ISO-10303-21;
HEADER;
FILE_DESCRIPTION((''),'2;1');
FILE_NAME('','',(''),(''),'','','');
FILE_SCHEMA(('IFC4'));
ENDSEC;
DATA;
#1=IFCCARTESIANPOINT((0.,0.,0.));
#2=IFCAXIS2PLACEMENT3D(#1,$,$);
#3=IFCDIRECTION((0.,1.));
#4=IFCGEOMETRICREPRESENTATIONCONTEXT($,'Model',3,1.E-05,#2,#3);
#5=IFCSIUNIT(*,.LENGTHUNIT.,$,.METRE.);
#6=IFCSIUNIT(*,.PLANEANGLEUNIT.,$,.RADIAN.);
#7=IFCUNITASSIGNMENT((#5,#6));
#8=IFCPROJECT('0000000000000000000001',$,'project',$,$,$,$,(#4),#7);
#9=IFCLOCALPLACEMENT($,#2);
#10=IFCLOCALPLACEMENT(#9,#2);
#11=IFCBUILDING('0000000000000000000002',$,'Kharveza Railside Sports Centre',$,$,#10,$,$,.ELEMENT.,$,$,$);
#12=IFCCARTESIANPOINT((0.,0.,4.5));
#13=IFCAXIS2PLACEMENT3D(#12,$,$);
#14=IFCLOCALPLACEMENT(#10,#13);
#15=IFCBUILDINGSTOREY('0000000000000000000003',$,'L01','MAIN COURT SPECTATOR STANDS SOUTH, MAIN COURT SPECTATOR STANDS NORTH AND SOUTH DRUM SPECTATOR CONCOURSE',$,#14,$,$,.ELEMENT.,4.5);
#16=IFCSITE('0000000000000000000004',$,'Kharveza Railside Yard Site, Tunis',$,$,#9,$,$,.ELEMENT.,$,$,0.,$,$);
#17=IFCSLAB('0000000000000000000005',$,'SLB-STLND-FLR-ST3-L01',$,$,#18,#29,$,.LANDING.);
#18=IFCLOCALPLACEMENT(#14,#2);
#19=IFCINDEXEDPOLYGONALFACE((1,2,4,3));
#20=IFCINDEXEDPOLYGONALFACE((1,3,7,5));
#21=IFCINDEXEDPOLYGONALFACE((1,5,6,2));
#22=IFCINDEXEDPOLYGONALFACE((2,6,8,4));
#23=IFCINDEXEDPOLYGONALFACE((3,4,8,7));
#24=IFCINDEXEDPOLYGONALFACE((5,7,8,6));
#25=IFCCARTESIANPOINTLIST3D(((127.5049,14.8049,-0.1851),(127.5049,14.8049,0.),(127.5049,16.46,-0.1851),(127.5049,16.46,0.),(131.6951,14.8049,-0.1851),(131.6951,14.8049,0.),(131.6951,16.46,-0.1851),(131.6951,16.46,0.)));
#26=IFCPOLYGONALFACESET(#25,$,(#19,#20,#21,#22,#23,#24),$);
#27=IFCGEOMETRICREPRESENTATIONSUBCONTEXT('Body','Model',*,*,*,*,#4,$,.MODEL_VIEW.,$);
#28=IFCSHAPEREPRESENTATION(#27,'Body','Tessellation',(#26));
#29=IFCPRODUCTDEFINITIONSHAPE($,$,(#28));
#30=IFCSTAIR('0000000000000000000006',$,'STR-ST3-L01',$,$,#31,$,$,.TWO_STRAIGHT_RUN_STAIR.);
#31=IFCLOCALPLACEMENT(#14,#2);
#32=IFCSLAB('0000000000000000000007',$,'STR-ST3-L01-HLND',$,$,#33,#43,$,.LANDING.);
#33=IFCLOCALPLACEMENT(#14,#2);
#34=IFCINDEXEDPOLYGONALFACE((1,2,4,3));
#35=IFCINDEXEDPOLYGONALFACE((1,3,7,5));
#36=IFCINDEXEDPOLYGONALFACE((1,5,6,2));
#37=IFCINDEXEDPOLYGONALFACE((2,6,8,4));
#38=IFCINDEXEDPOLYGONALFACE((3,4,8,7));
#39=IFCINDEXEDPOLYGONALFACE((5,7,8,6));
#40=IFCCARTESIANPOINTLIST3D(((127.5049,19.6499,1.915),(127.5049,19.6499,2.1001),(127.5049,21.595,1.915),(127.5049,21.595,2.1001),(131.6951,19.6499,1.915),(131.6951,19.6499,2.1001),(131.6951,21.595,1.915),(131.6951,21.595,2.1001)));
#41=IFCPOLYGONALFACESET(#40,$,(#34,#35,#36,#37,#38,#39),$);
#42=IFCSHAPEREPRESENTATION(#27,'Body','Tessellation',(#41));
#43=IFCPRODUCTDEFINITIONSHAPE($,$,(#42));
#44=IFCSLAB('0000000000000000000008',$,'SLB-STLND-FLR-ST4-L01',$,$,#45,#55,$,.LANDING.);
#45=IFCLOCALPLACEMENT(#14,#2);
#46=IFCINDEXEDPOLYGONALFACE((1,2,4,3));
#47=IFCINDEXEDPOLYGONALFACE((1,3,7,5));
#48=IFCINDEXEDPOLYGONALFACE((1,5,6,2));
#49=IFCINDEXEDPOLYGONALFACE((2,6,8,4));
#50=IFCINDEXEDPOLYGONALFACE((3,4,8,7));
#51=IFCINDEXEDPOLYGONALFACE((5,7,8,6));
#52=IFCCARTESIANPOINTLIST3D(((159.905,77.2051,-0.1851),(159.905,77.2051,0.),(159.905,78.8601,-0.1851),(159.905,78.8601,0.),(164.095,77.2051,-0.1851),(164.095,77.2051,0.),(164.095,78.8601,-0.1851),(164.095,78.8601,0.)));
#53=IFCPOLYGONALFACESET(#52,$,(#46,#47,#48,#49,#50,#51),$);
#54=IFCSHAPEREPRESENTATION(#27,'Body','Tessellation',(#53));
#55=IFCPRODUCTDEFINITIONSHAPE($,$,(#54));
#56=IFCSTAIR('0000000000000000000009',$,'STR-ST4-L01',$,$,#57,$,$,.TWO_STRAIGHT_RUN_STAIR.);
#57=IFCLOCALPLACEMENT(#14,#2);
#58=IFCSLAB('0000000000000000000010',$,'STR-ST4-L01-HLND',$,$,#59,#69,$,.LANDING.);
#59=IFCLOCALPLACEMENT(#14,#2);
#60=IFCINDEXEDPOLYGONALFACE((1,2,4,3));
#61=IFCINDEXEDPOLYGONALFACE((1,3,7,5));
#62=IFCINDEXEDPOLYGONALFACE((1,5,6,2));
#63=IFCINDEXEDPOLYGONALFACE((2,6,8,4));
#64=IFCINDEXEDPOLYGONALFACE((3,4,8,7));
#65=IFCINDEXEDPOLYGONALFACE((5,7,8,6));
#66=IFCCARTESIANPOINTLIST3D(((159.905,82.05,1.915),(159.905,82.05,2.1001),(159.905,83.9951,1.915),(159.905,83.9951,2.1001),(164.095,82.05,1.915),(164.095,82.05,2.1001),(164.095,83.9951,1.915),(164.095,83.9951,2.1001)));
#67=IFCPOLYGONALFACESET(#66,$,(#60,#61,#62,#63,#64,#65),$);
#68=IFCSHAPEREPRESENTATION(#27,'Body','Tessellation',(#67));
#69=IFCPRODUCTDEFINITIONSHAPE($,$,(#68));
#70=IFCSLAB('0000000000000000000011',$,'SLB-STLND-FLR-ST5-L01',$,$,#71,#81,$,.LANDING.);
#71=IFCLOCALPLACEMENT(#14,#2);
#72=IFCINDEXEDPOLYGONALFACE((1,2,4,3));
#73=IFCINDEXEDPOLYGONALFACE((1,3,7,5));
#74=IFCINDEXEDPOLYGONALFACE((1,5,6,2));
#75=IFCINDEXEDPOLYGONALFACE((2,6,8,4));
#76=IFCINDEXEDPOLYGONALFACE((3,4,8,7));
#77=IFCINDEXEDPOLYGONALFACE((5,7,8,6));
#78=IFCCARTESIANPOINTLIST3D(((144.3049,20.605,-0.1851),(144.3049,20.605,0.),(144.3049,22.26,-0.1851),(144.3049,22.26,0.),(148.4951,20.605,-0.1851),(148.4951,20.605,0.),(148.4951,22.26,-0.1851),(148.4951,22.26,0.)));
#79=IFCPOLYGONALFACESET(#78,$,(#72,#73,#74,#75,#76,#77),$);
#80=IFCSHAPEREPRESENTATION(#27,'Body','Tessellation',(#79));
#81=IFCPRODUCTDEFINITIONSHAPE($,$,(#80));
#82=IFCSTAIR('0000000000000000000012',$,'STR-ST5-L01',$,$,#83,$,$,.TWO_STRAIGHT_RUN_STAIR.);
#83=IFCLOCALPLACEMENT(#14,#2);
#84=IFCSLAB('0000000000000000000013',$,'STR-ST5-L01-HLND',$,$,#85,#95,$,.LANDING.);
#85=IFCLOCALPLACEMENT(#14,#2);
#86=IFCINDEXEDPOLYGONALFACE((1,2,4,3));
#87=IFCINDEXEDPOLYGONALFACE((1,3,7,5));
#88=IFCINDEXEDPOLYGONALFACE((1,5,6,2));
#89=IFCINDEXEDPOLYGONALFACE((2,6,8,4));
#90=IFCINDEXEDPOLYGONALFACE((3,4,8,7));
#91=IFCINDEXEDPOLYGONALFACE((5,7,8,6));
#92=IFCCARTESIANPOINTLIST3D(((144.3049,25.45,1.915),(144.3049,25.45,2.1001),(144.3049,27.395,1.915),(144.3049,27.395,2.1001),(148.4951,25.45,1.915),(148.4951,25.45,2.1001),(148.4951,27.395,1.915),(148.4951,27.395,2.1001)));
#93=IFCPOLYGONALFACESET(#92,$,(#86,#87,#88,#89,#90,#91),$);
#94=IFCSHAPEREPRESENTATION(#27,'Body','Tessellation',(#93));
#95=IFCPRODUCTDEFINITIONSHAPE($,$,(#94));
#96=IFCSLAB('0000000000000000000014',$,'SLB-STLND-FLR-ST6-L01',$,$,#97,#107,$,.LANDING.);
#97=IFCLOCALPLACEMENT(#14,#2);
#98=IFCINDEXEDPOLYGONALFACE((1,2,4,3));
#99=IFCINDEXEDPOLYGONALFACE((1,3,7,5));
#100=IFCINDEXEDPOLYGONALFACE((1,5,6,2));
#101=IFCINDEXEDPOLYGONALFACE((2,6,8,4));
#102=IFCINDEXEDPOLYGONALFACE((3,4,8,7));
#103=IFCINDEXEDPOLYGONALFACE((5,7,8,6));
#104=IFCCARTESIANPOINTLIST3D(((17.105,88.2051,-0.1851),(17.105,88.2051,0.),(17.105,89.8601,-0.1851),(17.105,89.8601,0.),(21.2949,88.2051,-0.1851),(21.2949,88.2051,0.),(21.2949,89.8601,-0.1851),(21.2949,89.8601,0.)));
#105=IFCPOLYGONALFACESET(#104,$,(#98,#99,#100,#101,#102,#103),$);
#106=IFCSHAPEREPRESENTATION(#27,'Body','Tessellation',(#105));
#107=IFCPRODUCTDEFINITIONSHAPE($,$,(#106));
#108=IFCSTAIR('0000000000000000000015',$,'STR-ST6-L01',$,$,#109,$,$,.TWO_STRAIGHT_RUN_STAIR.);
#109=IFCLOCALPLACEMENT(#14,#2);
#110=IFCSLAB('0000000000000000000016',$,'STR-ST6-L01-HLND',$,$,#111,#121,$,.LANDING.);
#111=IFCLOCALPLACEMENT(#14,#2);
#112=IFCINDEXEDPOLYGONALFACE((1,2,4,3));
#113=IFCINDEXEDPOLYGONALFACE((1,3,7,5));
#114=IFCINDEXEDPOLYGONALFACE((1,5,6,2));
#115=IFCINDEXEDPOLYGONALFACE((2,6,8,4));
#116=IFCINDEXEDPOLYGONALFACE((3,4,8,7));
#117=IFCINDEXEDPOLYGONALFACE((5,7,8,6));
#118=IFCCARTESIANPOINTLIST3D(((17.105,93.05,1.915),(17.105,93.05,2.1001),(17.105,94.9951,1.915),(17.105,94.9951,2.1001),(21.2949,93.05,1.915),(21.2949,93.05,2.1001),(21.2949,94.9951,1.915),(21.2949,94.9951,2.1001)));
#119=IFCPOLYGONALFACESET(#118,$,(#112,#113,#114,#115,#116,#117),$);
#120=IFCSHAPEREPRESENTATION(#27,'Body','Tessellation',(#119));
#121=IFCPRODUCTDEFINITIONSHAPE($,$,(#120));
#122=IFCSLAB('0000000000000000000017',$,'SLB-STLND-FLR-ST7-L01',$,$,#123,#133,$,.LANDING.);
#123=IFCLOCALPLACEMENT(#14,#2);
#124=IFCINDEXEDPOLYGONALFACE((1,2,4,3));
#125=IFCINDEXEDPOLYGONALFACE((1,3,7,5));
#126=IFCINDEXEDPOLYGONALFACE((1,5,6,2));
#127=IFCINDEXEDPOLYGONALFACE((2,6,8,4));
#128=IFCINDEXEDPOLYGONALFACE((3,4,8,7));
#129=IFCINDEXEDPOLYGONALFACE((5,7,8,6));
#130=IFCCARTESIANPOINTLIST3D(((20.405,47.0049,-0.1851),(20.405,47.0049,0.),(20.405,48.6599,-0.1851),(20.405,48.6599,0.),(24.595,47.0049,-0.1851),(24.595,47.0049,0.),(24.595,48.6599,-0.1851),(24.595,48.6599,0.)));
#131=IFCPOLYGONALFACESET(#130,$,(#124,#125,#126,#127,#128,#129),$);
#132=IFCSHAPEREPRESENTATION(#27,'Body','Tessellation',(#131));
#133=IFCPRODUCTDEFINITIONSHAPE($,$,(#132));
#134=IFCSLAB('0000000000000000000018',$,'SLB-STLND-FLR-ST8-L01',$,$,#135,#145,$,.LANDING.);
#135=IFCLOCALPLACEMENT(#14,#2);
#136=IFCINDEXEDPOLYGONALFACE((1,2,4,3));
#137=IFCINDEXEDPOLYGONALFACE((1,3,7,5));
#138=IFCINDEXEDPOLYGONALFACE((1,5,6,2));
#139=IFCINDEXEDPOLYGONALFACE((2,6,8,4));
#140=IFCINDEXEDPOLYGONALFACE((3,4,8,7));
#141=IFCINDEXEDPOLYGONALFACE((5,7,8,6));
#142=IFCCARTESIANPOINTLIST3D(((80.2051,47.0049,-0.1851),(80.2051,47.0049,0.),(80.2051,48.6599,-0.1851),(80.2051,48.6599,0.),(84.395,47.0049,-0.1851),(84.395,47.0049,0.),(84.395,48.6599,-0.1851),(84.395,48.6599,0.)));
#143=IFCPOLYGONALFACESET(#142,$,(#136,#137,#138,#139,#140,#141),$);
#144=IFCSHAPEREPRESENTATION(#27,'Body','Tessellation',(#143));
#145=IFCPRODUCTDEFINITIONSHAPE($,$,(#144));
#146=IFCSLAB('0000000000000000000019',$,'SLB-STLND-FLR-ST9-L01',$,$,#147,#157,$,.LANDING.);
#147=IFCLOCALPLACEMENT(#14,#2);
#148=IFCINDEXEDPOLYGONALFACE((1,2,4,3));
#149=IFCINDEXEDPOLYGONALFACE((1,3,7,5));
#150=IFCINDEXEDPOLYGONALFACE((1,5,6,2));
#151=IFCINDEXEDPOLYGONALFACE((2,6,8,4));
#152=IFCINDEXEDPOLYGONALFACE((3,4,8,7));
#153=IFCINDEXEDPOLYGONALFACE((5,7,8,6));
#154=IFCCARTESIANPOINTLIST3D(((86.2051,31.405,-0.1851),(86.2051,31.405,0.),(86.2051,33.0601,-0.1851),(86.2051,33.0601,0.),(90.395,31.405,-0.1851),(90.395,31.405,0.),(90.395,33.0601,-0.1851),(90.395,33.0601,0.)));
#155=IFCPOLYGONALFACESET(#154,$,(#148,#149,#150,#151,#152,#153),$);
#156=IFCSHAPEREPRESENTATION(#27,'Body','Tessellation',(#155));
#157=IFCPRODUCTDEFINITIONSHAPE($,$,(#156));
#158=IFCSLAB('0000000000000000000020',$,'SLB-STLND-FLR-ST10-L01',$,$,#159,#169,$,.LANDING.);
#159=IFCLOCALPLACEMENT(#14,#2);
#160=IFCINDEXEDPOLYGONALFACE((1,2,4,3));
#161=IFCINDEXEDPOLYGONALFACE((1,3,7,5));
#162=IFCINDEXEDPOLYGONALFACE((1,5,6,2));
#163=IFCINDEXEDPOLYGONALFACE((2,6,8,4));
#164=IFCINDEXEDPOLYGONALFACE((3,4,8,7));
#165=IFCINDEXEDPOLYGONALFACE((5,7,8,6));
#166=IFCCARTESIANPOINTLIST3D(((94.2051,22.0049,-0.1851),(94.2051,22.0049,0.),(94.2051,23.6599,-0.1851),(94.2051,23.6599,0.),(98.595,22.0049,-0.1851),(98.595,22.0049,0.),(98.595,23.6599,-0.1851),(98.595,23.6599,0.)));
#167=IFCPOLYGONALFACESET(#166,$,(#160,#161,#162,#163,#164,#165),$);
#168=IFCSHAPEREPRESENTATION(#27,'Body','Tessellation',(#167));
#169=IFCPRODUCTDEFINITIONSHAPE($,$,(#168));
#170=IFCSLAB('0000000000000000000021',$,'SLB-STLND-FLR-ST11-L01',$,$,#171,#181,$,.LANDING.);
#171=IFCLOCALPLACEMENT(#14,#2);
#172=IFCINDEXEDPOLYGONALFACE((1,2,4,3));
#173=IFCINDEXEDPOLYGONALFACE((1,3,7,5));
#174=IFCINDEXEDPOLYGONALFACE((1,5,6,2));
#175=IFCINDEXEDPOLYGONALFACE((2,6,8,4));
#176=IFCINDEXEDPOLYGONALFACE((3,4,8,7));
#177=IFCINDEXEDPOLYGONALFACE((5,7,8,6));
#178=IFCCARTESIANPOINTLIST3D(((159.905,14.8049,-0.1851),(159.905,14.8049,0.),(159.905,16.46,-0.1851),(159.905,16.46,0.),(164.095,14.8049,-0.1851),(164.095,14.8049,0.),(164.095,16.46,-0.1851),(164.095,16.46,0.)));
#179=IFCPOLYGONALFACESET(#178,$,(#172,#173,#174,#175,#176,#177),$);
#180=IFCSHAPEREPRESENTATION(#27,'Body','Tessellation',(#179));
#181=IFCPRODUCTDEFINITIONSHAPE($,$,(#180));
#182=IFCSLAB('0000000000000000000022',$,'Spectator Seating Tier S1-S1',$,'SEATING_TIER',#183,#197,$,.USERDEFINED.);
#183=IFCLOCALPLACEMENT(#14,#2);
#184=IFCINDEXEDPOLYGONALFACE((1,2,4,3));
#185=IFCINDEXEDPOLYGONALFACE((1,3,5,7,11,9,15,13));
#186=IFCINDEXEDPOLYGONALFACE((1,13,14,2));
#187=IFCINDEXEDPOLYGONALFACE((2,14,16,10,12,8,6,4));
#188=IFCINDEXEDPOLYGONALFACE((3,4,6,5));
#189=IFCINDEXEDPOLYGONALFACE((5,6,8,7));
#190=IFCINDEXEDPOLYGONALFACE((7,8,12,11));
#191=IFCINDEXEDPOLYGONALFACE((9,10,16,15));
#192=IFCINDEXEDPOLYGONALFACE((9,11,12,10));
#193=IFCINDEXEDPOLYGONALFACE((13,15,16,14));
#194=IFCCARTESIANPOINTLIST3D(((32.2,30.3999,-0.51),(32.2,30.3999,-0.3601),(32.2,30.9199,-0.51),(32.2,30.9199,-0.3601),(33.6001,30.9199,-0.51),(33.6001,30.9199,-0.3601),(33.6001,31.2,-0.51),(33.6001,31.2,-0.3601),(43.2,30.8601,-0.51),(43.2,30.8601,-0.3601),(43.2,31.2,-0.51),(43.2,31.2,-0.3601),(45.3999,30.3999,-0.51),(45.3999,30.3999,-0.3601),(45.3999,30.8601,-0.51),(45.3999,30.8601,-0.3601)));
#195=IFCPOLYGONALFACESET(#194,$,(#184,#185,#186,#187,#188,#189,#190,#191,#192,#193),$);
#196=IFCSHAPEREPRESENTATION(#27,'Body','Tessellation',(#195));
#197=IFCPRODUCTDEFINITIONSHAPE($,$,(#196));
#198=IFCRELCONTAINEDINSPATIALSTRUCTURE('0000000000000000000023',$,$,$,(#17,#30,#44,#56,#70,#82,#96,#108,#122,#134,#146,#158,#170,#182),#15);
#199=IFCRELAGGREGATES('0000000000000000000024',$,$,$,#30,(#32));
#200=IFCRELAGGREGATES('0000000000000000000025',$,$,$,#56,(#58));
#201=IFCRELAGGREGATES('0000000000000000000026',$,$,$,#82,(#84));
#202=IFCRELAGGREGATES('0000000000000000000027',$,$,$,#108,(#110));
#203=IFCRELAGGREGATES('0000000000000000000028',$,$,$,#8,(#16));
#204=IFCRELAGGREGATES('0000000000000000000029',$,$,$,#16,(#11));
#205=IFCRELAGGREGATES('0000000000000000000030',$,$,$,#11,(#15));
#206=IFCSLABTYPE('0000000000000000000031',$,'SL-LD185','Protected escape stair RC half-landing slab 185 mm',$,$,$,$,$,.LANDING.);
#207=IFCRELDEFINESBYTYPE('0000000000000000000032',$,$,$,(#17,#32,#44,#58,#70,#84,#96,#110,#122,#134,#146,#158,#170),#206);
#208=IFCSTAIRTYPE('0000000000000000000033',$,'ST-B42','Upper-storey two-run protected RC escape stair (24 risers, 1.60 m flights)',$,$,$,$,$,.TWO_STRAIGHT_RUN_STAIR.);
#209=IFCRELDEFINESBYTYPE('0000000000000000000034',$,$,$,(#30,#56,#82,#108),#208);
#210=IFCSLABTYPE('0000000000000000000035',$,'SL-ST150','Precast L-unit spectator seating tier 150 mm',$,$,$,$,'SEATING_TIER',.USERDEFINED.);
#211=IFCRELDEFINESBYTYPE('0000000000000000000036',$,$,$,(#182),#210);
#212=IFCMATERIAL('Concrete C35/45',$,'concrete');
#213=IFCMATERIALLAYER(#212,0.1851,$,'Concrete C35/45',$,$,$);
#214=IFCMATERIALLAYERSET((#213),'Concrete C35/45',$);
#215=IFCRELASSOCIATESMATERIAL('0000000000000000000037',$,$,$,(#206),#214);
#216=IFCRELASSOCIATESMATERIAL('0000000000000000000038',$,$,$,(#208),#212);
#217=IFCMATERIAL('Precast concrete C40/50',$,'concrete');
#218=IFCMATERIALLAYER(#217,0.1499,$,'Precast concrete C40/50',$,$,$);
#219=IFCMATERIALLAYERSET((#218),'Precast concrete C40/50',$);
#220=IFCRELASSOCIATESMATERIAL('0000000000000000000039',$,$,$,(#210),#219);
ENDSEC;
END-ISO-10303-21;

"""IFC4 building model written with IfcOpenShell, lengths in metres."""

from ifc_helpers import new_model, si_unit, direction, frame, origin, place, context, subcontext, project, spatial, polyline, outline, extrude, material, layer, layer_set, type_object, element, aggregate, save


model = new_model("IFC4")

# Units and contexts
model_context = context("Model", 3, precision=1e-05, world=origin(), true_north=direction((0.0, 1.0)))
body_context = subcontext(model_context, "Body", "Model", "MODEL_VIEW")
ifc_project = project(units=[si_unit("LENGTHUNIT", "METRE"), si_unit("PLANEANGLEUNIT", "RADIAN")], contexts=[model_context])

# Site, building, storey
site_placement = place(None, origin())
site = spatial("IfcSite", under=ifc_project, at=site_placement, Name="Kharveza Railside Yard Site, Tunis", CompositionType="ELEMENT", RefElevation=0.0)
building_placement = place(site_placement, origin())
building = spatial("IfcBuilding", under=site, at=building_placement, Name="Kharveza Railside Sports Centre", CompositionType="ELEMENT")
storey_placement = place(building_placement, frame((0.0, 0.0, 4.5)))
storey = spatial("IfcBuildingStorey", under=building, at=storey_placement, Name="L01", Description="MAIN COURT SPECTATOR STANDS SOUTH, MAIN COURT SPECTATOR STANDS NORTH AND SOUTH DRUM SPECTATOR CONCOURSE", CompositionType="ELEMENT", Elevation=4.5)

# Shared definitions
ifc_material_1 = material(Name="Concrete C35/45", Category="concrete")
ifc_layer_1 = layer(ifc_material_1, 0.1851, Name="Concrete C35/45")
ifc_layer_set_1 = layer_set([ifc_layer_1], Name="Concrete C35/45")
slab_type_1 = type_object("IfcSlabType", Name="SL-LD185", Description="Protected escape stair RC half-landing slab 185 mm", PredefinedType="LANDING", material=ifc_layer_set_1)

# Shared definitions
stair_type = type_object("IfcStairType", Name="ST-B42", Description="Upper-storey two-run protected RC escape stair (24 risers, 1.60 m flights)", PredefinedType="TWO_STRAIGHT_RUN_STAIR", material=ifc_material_1)

# Slab
slab_1_placement = place(storey_placement, frame((0.0, 0.0, -0.1851)))
element("IfcSlab", 1, at=slab_1_placement, inside=storey, type_object=slab_type_1, Name="SLB-STLND-FLR-ST3-L01", PredefinedType="LANDING", context=body_context, shape_type="SweptSolid", body=[
    extrude(outline(polyline([(127.5049, 14.8049), (131.6951, 14.8049), (131.6951, 16.46), (127.5049, 16.46), (127.5049, 14.8049)])), origin(), (0.0, 0.0, 1.0), 0.1851),
])

# Stair, slab
stair_1_placement = place(storey_placement, origin())
stair_1 = element("IfcStair", 2, at=stair_1_placement, inside=storey, type_object=stair_type, Name="STR-ST3-L01", PredefinedType="TWO_STRAIGHT_RUN_STAIR")
slab_2_placement = place(storey_placement, frame((0.0, 0.0, 1.915)))
slab_2 = element("IfcSlab", 3, at=slab_2_placement, type_object=slab_type_1, Name="STR-ST3-L01-HLND", PredefinedType="LANDING", context=body_context, shape_type="SweptSolid", body=[
    extrude(outline(polyline([(127.5049, 19.6499), (131.6951, 19.6499), (131.6951, 21.595), (127.5049, 21.595), (127.5049, 19.6499)])), origin(), (0.0, 0.0, 1.0), 0.1851),
])
aggregate(stair_1, [slab_2])

# Slab
slab_3_placement = place(storey_placement, frame((0.0, 0.0, -0.1851)))
element("IfcSlab", 4, at=slab_3_placement, inside=storey, type_object=slab_type_1, Name="SLB-STLND-FLR-ST4-L01", PredefinedType="LANDING", context=body_context, shape_type="SweptSolid", body=[
    extrude(outline(polyline([(159.905, 77.2051), (164.095, 77.2051), (164.095, 78.8601), (159.905, 78.8601), (159.905, 77.2051)])), origin(), (0.0, 0.0, 1.0), 0.1851),
])

# Stair, slab
stair_2_placement = place(storey_placement, origin())
stair_2 = element("IfcStair", 5, at=stair_2_placement, inside=storey, type_object=stair_type, Name="STR-ST4-L01", PredefinedType="TWO_STRAIGHT_RUN_STAIR")
slab_4_placement = place(storey_placement, frame((0.0, 0.0, 1.915)))
slab_4 = element("IfcSlab", 6, at=slab_4_placement, type_object=slab_type_1, Name="STR-ST4-L01-HLND", PredefinedType="LANDING", context=body_context, shape_type="SweptSolid", body=[
    extrude(outline(polyline([(159.905, 82.05), (164.095, 82.05), (164.095, 83.9951), (159.905, 83.9951), (159.905, 82.05)])), origin(), (0.0, 0.0, 1.0), 0.1851),
])
aggregate(stair_2, [slab_4])

# Slab
slab_5_placement = place(storey_placement, frame((0.0, 0.0, -0.1851)))
element("IfcSlab", 7, at=slab_5_placement, inside=storey, type_object=slab_type_1, Name="SLB-STLND-FLR-ST5-L01", PredefinedType="LANDING", context=body_context, shape_type="SweptSolid", body=[
    extrude(outline(polyline([(144.3049, 20.605), (148.4951, 20.605), (148.4951, 22.26), (144.3049, 22.26), (144.3049, 20.605)])), origin(), (0.0, 0.0, 1.0), 0.1851),
])

# Stair, slab
stair_3_placement = place(storey_placement, origin())
stair_3 = element("IfcStair", 8, at=stair_3_placement, inside=storey, type_object=stair_type, Name="STR-ST5-L01", PredefinedType="TWO_STRAIGHT_RUN_STAIR")
slab_6_placement = place(storey_placement, frame((0.0, 0.0, 1.915)))
slab_6 = element("IfcSlab", 9, at=slab_6_placement, type_object=slab_type_1, Name="STR-ST5-L01-HLND", PredefinedType="LANDING", context=body_context, shape_type="SweptSolid", body=[
    extrude(outline(polyline([(144.3049, 25.45), (148.4951, 25.45), (148.4951, 27.395), (144.3049, 27.395), (144.3049, 25.45)])), origin(), (0.0, 0.0, 1.0), 0.1851),
])
aggregate(stair_3, [slab_6])

# Slab
slab_7_placement = place(storey_placement, frame((0.0, 0.0, -0.1851)))
element("IfcSlab", 10, at=slab_7_placement, inside=storey, type_object=slab_type_1, Name="SLB-STLND-FLR-ST6-L01", PredefinedType="LANDING", context=body_context, shape_type="SweptSolid", body=[
    extrude(outline(polyline([(17.105, 88.2051), (21.2949, 88.2051), (21.2949, 89.8601), (17.105, 89.8601), (17.105, 88.2051)])), origin(), (0.0, 0.0, 1.0), 0.1851),
])

# Stair, slab
stair_4_placement = place(storey_placement, origin())
stair_4 = element("IfcStair", 11, at=stair_4_placement, inside=storey, type_object=stair_type, Name="STR-ST6-L01", PredefinedType="TWO_STRAIGHT_RUN_STAIR")
slab_8_placement = place(storey_placement, frame((0.0, 0.0, 1.915)))
slab_8 = element("IfcSlab", 12, at=slab_8_placement, type_object=slab_type_1, Name="STR-ST6-L01-HLND", PredefinedType="LANDING", context=body_context, shape_type="SweptSolid", body=[
    extrude(outline(polyline([(17.105, 93.05), (21.2949, 93.05), (21.2949, 94.9951), (17.105, 94.9951), (17.105, 93.05)])), origin(), (0.0, 0.0, 1.0), 0.1851),
])
aggregate(stair_4, [slab_8])

# Slabs
slab_9_placement = place(storey_placement, frame((0.0, 0.0, -0.1851)))
element("IfcSlab", 13, at=slab_9_placement, inside=storey, type_object=slab_type_1, Name="SLB-STLND-FLR-ST7-L01", PredefinedType="LANDING", context=body_context, shape_type="SweptSolid", body=[
    extrude(outline(polyline([(20.405, 47.0049), (24.595, 47.0049), (24.595, 48.6599), (20.405, 48.6599), (20.405, 47.0049)])), origin(), (0.0, 0.0, 1.0), 0.1851),
])
slab_10_placement = place(storey_placement, frame((0.0, 0.0, -0.1851)))
element("IfcSlab", 14, at=slab_10_placement, inside=storey, type_object=slab_type_1, Name="SLB-STLND-FLR-ST8-L01", PredefinedType="LANDING", context=body_context, shape_type="SweptSolid", body=[
    extrude(outline(polyline([(80.2051, 47.0049), (84.395, 47.0049), (84.395, 48.6599), (80.2051, 48.6599), (80.2051, 47.0049)])), origin(), (0.0, 0.0, 1.0), 0.1851),
])
slab_11_placement = place(storey_placement, frame((0.0, 0.0, -0.1851)))
element("IfcSlab", 15, at=slab_11_placement, inside=storey, type_object=slab_type_1, Name="SLB-STLND-FLR-ST9-L01", PredefinedType="LANDING", context=body_context, shape_type="SweptSolid", body=[
    extrude(outline(polyline([(86.2051, 31.405), (90.395, 31.405), (90.395, 33.0601), (86.2051, 33.0601), (86.2051, 31.405)])), origin(), (0.0, 0.0, 1.0), 0.1851),
])
slab_12_placement = place(storey_placement, frame((0.0, 0.0, -0.1851)))
element("IfcSlab", 16, at=slab_12_placement, inside=storey, type_object=slab_type_1, Name="SLB-STLND-FLR-ST10-L01", PredefinedType="LANDING", context=body_context, shape_type="SweptSolid", body=[
    extrude(outline(polyline([(94.2051, 22.0049), (98.595, 22.0049), (98.595, 23.6599), (94.2051, 23.6599), (94.2051, 22.0049)])), origin(), (0.0, 0.0, 1.0), 0.1851),
])
slab_13_placement = place(storey_placement, frame((0.0, 0.0, -0.1851)))
element("IfcSlab", 17, at=slab_13_placement, inside=storey, type_object=slab_type_1, Name="SLB-STLND-FLR-ST11-L01", PredefinedType="LANDING", context=body_context, shape_type="SweptSolid", body=[
    extrude(outline(polyline([(159.905, 14.8049), (164.095, 14.8049), (164.095, 16.46), (159.905, 16.46), (159.905, 14.8049)])), origin(), (0.0, 0.0, 1.0), 0.1851),
])
ifc_material_2 = material(Name="Precast concrete C40/50", Category="concrete")
ifc_layer_2 = layer(ifc_material_2, 0.1499, Name="Precast concrete C40/50")
ifc_layer_set_2 = layer_set([ifc_layer_2], Name="Precast concrete C40/50")
slab_type_2 = type_object("IfcSlabType", Name="SL-ST150", Description="Precast L-unit spectator seating tier 150 mm", ElementType="SEATING_TIER", PredefinedType="USERDEFINED", material=ifc_layer_set_2)
slab_14_placement = place(storey_placement, frame((0.0, 0.0, -0.51)))
element("IfcSlab", 18, at=slab_14_placement, inside=storey, type_object=slab_type_2, Name="Spectator Seating Tier S1-S1", ObjectType="SEATING_TIER", PredefinedType="USERDEFINED", context=body_context, shape_type="SweptSolid", body=[
    extrude(outline(polyline([(32.2, 30.3999), (45.3999, 30.3999), (45.3999, 30.8601), (43.2, 30.8601), (43.2, 31.2), (33.6001, 31.2), (33.6001, 30.9199), (32.2, 30.9199), (32.2, 30.3999)])), origin(), (0.0, 0.0, 1.0), 0.1499),
])

save(model, "model.ifc")
